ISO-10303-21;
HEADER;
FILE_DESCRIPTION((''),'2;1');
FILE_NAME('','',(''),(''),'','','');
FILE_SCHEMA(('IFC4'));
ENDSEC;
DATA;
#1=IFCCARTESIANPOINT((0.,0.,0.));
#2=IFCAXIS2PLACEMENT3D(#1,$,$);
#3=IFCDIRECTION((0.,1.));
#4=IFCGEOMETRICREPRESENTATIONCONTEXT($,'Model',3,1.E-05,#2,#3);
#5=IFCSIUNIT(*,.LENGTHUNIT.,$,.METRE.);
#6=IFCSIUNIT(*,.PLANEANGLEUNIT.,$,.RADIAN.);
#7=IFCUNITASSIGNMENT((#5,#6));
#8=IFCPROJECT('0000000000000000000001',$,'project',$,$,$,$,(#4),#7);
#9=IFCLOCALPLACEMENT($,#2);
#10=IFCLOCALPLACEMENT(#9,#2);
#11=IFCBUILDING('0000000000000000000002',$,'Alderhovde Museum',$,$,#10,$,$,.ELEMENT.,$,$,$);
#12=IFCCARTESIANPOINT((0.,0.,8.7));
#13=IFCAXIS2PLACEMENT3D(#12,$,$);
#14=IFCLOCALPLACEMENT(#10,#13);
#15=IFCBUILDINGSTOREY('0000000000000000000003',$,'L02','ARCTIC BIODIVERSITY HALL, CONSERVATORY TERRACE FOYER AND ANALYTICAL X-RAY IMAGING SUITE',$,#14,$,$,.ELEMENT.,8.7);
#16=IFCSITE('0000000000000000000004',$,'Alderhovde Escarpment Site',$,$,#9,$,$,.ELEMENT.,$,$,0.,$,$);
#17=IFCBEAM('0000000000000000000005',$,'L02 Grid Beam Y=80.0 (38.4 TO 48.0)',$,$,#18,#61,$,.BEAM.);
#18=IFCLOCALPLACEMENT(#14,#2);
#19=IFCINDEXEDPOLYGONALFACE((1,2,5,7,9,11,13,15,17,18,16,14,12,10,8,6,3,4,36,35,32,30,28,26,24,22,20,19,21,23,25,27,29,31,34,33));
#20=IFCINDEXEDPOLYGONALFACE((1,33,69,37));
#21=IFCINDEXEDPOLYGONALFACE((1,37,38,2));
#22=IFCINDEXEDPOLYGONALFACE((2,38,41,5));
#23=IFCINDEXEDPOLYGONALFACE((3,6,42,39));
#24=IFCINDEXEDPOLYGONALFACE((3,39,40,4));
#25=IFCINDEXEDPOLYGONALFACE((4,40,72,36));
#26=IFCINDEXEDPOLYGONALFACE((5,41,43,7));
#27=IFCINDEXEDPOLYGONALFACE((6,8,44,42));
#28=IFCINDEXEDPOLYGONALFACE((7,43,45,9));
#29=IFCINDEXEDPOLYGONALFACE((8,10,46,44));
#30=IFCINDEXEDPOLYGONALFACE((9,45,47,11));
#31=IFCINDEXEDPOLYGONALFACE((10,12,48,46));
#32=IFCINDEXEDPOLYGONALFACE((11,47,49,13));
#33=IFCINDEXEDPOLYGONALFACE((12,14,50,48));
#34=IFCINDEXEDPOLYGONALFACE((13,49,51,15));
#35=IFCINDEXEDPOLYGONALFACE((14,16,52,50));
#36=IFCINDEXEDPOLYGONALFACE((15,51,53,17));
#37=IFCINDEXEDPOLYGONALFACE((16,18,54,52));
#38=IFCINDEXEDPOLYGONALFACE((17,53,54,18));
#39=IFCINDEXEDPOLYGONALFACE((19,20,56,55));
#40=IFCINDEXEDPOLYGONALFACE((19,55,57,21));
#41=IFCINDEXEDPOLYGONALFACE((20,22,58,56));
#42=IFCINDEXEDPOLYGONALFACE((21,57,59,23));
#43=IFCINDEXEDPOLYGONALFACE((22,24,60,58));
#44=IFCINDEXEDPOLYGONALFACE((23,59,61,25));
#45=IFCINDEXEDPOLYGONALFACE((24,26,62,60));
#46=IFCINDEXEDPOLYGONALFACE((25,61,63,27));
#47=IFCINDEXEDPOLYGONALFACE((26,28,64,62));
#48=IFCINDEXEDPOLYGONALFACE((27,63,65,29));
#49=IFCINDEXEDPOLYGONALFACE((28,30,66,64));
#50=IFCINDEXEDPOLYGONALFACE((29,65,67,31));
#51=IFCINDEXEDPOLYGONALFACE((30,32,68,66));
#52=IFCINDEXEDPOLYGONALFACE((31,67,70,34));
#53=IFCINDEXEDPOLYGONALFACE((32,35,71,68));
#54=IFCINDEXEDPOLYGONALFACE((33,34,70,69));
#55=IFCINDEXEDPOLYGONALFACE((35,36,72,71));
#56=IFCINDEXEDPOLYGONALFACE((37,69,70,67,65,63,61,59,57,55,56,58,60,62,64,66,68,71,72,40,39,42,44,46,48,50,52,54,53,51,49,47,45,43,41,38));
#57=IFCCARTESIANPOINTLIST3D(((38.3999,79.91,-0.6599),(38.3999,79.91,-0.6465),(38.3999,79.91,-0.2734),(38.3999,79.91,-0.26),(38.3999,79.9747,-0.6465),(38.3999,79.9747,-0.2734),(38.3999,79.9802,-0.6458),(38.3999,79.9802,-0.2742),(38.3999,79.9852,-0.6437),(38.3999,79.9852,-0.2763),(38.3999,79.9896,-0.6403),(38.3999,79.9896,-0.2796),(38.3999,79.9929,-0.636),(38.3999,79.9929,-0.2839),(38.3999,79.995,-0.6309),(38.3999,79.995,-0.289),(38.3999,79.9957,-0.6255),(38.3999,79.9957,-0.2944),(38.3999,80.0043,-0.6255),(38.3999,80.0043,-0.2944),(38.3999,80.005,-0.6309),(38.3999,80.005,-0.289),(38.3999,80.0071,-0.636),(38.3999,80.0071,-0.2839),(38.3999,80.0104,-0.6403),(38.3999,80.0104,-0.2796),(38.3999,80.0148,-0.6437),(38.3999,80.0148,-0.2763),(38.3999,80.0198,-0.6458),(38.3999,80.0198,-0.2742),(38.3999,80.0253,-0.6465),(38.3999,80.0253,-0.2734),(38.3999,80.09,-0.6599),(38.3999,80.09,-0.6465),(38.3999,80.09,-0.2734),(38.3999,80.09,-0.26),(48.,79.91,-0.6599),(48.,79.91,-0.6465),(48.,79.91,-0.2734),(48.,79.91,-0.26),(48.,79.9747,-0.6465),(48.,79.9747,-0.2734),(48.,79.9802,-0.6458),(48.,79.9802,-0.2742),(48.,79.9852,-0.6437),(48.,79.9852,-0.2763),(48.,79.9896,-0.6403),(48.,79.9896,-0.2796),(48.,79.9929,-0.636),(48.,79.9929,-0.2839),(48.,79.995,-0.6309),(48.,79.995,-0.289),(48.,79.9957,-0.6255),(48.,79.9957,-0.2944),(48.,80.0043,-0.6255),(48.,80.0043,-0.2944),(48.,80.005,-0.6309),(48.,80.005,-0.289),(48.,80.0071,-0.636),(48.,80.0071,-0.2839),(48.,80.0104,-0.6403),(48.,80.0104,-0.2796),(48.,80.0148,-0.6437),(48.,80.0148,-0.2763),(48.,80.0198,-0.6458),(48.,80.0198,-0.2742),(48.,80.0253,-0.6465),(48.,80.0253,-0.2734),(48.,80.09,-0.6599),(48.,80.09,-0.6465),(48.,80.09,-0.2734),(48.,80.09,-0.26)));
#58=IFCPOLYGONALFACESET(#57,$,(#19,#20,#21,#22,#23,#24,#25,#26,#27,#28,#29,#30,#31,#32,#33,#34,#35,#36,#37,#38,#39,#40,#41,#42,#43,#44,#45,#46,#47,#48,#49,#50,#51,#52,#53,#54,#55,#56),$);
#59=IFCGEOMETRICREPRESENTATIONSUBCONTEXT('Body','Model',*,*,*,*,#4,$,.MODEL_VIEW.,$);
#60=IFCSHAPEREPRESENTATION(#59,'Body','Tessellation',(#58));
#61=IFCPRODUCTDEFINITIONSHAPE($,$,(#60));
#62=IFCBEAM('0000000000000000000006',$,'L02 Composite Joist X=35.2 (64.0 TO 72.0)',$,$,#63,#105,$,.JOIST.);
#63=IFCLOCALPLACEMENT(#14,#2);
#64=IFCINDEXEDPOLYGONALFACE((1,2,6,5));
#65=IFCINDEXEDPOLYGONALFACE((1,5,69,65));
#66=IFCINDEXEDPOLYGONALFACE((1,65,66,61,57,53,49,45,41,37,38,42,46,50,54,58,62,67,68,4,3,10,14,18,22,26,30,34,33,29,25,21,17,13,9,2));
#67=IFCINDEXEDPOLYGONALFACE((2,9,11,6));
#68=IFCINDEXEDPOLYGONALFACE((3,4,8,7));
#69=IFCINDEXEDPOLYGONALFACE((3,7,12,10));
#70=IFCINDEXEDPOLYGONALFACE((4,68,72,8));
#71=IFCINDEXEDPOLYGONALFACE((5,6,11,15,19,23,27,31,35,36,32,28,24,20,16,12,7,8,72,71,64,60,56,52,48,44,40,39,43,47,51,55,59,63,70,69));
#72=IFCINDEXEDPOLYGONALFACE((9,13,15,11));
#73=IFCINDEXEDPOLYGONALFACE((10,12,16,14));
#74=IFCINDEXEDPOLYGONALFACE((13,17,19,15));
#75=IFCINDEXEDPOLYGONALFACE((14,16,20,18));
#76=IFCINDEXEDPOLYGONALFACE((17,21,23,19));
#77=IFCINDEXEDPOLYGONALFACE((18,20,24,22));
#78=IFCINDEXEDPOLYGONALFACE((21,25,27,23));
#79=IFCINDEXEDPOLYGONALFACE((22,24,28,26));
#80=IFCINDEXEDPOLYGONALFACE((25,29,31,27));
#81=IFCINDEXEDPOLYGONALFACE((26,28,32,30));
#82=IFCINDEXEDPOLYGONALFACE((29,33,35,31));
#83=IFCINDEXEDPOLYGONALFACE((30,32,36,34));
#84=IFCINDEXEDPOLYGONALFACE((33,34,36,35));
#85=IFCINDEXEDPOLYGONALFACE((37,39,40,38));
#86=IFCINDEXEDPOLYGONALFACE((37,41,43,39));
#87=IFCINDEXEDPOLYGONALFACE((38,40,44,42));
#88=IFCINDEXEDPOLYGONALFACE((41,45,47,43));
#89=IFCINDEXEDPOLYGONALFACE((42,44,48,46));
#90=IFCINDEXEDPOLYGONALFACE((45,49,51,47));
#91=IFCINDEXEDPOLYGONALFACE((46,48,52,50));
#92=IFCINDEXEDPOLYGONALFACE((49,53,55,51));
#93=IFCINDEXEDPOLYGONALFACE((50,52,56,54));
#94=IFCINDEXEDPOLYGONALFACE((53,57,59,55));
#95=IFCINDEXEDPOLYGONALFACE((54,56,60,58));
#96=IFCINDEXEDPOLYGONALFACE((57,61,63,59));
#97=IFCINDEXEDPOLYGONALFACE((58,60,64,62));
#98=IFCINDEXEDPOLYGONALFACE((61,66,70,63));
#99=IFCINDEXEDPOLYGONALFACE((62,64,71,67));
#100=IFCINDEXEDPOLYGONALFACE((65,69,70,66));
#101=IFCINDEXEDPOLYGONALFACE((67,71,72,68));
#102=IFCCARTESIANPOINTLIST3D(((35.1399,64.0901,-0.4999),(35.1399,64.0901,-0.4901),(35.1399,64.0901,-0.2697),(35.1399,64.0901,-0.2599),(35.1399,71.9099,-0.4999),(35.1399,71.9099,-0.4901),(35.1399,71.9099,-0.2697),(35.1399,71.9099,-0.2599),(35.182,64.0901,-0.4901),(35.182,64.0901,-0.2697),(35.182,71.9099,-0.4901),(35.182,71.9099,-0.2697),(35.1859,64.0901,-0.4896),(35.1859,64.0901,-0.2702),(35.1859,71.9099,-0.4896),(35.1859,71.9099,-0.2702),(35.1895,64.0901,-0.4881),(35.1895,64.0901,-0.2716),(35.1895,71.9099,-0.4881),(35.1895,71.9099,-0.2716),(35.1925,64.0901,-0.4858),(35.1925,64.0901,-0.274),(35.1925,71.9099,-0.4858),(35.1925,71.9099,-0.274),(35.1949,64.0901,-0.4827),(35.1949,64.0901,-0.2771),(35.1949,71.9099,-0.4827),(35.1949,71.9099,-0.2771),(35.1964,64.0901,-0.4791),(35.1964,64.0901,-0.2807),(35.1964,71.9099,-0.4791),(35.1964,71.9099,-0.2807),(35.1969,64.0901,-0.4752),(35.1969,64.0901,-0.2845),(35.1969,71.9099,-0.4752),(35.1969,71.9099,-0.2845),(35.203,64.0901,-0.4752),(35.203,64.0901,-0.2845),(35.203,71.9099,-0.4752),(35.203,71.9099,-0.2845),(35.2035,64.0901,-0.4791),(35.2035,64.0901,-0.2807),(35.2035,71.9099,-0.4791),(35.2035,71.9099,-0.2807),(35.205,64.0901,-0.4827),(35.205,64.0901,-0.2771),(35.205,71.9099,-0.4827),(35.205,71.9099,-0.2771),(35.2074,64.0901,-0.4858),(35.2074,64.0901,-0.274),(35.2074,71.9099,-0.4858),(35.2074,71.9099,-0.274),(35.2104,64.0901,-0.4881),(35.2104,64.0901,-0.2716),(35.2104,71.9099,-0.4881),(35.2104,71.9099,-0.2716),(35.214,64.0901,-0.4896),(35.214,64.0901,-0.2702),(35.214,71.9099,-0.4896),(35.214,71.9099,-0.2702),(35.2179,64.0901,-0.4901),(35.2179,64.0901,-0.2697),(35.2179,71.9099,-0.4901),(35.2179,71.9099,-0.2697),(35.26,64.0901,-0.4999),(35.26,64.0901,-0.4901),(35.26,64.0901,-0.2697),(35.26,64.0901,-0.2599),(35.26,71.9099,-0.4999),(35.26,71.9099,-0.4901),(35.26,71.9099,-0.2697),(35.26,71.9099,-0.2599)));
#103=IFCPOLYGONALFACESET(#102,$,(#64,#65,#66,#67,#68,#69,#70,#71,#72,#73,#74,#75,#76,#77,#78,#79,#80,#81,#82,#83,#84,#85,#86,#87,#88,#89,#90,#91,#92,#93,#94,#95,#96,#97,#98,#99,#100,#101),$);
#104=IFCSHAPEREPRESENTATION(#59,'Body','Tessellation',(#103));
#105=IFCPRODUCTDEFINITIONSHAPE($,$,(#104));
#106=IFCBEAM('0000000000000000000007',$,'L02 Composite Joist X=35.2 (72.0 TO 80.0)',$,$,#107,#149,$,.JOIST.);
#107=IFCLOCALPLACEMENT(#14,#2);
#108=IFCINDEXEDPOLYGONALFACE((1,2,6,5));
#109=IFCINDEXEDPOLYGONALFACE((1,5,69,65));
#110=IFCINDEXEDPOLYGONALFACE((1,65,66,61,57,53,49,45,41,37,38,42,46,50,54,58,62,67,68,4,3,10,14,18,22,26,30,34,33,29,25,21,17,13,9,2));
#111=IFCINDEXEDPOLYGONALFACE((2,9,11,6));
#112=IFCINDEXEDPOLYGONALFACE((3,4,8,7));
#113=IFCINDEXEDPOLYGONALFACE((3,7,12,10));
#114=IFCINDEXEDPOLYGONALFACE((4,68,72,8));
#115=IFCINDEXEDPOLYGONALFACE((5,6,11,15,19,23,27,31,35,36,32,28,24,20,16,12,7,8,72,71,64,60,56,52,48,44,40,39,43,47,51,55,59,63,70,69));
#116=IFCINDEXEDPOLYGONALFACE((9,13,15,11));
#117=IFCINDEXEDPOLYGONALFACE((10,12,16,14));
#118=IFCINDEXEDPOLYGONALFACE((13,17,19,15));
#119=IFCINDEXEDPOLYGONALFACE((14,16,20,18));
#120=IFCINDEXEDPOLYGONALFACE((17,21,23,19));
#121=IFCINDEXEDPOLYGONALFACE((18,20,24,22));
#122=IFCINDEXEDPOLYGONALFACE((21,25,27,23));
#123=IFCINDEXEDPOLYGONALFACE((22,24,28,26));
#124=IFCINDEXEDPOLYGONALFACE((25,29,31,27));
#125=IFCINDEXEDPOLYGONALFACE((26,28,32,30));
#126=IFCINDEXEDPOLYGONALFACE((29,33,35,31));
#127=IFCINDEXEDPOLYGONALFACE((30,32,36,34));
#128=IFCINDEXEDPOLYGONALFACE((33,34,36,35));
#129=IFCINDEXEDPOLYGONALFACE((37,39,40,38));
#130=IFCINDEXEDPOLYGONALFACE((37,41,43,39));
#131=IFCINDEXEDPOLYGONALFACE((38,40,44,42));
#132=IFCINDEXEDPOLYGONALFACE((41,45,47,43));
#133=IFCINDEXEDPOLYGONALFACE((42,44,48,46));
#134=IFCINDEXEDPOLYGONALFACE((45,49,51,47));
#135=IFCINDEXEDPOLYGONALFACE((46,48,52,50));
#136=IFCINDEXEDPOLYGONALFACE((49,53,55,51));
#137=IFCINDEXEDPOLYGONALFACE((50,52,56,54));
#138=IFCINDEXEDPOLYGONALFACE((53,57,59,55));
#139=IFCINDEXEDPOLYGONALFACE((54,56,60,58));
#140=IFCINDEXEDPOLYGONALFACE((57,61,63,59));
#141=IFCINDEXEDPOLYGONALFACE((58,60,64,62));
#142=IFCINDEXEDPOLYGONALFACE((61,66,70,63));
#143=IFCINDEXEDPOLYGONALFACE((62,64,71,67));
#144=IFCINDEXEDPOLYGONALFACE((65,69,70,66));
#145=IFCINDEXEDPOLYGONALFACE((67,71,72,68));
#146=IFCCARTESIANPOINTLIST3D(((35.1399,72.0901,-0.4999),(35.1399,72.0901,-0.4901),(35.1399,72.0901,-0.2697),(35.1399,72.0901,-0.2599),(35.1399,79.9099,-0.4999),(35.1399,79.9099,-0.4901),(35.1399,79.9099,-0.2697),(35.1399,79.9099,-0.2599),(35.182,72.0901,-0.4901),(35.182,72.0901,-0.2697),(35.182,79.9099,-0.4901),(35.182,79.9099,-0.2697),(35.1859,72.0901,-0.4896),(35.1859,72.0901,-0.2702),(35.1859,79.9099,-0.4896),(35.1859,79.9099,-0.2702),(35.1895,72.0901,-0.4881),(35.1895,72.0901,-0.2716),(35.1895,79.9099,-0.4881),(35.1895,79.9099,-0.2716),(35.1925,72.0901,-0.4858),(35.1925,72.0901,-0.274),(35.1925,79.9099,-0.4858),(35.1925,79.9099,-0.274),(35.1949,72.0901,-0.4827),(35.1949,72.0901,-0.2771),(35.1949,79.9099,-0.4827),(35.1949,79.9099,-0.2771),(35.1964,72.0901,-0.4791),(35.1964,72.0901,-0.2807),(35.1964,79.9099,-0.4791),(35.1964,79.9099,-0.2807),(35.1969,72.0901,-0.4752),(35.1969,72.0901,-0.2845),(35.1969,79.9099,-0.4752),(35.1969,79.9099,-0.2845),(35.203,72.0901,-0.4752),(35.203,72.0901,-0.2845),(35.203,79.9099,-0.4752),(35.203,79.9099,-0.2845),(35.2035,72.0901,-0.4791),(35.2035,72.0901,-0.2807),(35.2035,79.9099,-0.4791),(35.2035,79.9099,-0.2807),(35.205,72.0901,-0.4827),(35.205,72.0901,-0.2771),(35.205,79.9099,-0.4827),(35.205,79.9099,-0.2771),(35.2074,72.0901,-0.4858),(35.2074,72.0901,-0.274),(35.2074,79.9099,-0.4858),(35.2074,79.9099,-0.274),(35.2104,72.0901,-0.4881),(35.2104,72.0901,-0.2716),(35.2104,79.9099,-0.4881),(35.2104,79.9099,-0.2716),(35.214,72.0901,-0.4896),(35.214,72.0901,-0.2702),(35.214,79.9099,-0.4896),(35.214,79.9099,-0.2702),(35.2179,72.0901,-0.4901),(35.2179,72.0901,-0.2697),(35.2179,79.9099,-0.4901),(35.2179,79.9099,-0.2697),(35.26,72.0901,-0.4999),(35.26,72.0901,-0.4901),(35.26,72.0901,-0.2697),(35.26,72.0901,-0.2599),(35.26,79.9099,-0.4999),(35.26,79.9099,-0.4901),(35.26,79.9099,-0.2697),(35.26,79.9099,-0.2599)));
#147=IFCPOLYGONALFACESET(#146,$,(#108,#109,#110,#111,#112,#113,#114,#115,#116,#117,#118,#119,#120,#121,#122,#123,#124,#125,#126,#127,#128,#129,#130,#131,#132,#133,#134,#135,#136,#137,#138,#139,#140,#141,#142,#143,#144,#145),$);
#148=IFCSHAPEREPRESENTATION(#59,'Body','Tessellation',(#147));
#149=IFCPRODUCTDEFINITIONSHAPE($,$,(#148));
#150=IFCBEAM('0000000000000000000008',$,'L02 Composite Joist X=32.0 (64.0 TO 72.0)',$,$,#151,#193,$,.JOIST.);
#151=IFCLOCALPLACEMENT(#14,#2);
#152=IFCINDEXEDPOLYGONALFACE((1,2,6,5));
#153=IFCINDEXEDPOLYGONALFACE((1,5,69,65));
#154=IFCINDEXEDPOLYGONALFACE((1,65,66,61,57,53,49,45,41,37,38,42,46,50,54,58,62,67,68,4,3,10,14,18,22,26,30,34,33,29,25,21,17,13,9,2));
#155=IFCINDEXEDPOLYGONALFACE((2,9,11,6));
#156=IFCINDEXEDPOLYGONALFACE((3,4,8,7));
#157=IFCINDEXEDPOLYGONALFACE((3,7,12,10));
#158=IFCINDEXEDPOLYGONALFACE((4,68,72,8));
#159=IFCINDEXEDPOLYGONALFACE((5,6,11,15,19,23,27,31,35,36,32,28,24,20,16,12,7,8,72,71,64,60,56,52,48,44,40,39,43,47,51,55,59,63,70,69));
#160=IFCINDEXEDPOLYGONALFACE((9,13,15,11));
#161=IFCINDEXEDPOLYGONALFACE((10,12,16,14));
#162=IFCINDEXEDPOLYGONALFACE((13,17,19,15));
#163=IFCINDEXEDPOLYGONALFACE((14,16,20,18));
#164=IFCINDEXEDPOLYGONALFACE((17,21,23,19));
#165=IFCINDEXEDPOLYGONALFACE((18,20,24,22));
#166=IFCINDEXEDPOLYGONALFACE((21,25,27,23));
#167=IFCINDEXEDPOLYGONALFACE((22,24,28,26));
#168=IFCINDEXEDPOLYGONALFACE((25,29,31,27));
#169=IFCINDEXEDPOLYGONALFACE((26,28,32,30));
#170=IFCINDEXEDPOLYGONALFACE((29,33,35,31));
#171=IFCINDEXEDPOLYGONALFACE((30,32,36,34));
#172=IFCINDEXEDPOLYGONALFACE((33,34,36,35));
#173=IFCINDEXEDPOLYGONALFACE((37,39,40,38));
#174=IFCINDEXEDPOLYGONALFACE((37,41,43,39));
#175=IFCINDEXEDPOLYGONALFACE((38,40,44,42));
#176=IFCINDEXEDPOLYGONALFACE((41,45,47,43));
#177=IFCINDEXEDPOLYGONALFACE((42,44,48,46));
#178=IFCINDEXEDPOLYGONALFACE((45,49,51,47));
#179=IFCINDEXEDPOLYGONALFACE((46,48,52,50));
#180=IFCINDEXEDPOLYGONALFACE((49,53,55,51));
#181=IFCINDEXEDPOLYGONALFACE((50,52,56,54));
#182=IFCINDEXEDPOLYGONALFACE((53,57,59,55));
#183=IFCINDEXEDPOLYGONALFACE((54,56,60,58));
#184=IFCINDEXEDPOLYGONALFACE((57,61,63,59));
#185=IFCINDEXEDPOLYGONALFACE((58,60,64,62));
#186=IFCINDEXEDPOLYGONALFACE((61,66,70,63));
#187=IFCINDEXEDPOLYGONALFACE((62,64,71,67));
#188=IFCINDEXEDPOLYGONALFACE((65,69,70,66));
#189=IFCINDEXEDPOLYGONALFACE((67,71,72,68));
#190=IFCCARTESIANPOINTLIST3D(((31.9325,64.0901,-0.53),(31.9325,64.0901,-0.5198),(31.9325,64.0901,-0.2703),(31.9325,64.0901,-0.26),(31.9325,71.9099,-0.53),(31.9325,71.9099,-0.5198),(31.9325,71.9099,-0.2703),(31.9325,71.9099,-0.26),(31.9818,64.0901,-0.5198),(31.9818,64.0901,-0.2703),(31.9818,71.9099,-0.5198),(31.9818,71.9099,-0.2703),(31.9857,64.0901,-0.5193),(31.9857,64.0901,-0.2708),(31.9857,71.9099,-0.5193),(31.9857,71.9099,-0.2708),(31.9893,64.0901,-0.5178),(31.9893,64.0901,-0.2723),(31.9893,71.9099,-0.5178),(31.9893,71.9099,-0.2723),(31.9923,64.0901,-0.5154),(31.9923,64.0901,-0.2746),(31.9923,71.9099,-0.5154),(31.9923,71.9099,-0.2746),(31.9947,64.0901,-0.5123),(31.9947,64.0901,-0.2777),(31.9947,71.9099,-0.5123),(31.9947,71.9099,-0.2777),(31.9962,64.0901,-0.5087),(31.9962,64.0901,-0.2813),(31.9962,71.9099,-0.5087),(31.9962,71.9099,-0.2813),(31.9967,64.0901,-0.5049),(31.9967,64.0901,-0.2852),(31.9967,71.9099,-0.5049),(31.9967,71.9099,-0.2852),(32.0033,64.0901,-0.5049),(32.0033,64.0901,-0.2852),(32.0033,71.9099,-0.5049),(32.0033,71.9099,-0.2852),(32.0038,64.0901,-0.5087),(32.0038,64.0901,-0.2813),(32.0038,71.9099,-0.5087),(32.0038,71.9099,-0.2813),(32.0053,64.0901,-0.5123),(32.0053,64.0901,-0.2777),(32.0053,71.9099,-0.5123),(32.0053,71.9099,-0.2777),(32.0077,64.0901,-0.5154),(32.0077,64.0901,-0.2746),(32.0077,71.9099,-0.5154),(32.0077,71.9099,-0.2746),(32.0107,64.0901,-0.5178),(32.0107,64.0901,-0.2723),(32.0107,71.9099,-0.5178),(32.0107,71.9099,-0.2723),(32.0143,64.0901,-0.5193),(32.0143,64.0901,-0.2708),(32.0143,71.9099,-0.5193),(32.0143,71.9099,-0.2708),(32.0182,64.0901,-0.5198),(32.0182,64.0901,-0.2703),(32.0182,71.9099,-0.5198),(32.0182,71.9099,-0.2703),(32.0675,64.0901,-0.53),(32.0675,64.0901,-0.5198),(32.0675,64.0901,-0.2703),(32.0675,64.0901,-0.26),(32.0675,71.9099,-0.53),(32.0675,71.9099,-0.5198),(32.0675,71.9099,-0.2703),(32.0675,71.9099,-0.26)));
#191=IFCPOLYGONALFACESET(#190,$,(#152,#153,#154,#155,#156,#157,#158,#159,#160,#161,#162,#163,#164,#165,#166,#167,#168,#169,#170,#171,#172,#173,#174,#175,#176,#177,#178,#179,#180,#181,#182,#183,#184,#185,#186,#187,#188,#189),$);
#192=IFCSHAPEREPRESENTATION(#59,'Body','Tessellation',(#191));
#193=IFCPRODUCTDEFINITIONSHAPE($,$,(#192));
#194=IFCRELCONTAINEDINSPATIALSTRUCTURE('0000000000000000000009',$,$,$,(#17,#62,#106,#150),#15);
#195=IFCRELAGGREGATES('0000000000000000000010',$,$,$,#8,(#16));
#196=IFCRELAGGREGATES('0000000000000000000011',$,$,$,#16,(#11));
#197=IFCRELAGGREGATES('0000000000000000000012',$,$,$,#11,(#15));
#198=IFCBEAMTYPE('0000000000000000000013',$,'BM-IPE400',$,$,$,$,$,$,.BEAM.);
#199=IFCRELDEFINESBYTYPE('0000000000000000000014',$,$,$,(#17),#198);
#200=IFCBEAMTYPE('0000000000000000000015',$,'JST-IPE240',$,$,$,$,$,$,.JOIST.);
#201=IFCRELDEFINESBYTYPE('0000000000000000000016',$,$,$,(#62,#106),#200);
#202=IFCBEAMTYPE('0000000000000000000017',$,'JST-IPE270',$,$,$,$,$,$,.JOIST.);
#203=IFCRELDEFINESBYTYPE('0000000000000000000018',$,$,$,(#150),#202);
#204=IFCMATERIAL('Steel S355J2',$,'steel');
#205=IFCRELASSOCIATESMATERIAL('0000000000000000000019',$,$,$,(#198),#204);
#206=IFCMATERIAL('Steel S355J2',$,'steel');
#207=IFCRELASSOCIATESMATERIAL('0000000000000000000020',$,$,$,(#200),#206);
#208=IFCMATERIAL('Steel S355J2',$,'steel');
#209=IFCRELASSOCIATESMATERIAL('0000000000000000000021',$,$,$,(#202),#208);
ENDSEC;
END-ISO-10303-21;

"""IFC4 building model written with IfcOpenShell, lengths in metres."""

from ifc_helpers import new_model, si_unit, direction, frame, origin, origin_2d, place, context, subcontext, project, spatial, i_section, extrude, material, material_profile, profile_set, type_object, element, save


model = new_model("IFC4")

# Units and contexts
model_context = context("Model", 3, precision=1e-05, world=origin(), true_north=direction((0.0, 1.0)))
body_context = subcontext(model_context, "Body", "Model", "MODEL_VIEW")
ifc_project = project(units=[si_unit("LENGTHUNIT", "METRE"), si_unit("PLANEANGLEUNIT", "RADIAN")], contexts=[model_context])

# Site, building, storey
site_placement = place(None, origin())
site = spatial("IfcSite", under=ifc_project, at=site_placement, Name="Alderhovde Escarpment Site", CompositionType="ELEMENT", RefElevation=0.0)
building_placement = place(site_placement, origin())
building = spatial("IfcBuilding", under=site, at=building_placement, Name="Alderhovde Museum", CompositionType="ELEMENT")
storey_placement = place(building_placement, frame((0.0, 0.0, 8.7)))
storey = spatial("IfcBuildingStorey", under=building, at=storey_placement, Name="L02", Description="ARCTIC BIODIVERSITY HALL, CONSERVATORY TERRACE FOYER AND ANALYTICAL X-RAY IMAGING SUITE", CompositionType="ELEMENT", Elevation=8.7)

# Beams
ifc_material_1 = material(Name="Steel S355J2", Category="steel")
ifc_material_profile_1 = material_profile(ifc_material_1, i_section(OverallWidth=0.1799, OverallDepth=0.3999, WebThickness=0.0085, FlangeThickness=0.0134, FilletRadius=0.021, at=origin_2d()), Name="IPE 400")
ifc_profile_set_1 = profile_set([ifc_material_profile_1], Name="Steel S355J2")
beam_type_1 = type_object("IfcBeamType", Name="BM-IPE400", PredefinedType="BEAM", material=ifc_profile_set_1)
beam_1_placement = place(storey_placement, frame((38.3999, 80.0, -0.46), z_axis=(1.0, 0.0, 0.0), x_axis=(0.0, 1.0, 0.0)))
element("IfcBeam", 1, at=beam_1_placement, inside=storey, type_object=beam_type_1, Name="L02 Grid Beam Y=80.0 (38.4 TO 48.0)", PredefinedType="BEAM", context=body_context, shape_type="SweptSolid", body=[
    extrude(i_section(OverallWidth=0.1799, OverallDepth=0.3999, WebThickness=0.0085, FlangeThickness=0.0134, FilletRadius=0.021, at=origin_2d()), origin(), (0.0, 0.0, 1.0), 9.6001),
])
ifc_material_2 = material(Name="Steel S355J2", Category="steel")
ifc_material_profile_2 = material_profile(ifc_material_2, i_section(OverallWidth=0.1201, OverallDepth=0.24, WebThickness=0.0061, FlangeThickness=0.0098, FilletRadius=0.0149, at=origin_2d()), Name="IPE 240")
ifc_profile_set_2 = profile_set([ifc_material_profile_2], Name="Steel S355J2")
beam_type_2 = type_object("IfcBeamType", Name="JST-IPE240", PredefinedType="JOIST", material=ifc_profile_set_2)
for number, where, z_axis, x_axis, name in (
    (2, (35.2, 64.0901, -0.3799), (0.0, 1.0, 0.0), (-1.0, 0.0, 0.0), "L02 Composite Joist X=35.2 (64.0 TO 72.0)"),
    (3, (35.2, 72.0901, -0.3799), (0.0, 1.0, 0.0), (-1.0, 0.0, 0.0), "L02 Composite Joist X=35.2 (72.0 TO 80.0)"),
):
    element("IfcBeam", number, at=place(storey_placement, frame(where, z_axis=z_axis, x_axis=x_axis)), inside=storey, type_object=beam_type_2, Name=name, PredefinedType="JOIST", context=body_context, shape_type="SweptSolid", body=[
        extrude(i_section(OverallWidth=0.1201, OverallDepth=0.24, WebThickness=0.0061, FlangeThickness=0.0098, FilletRadius=0.0149, at=origin_2d()), origin(), (0.0, 0.0, 1.0), 7.8198),
    ])
ifc_material_3 = material(Name="Steel S355J2", Category="steel")
ifc_material_profile_3 = material_profile(ifc_material_3, i_section(OverallWidth=0.135, OverallDepth=0.27, WebThickness=0.0066, FlangeThickness=0.0103, FilletRadius=0.0149, at=origin_2d()), Name="IPE 270")
ifc_profile_set_3 = profile_set([ifc_material_profile_3], Name="Steel S355J2")
beam_type_3 = type_object("IfcBeamType", Name="JST-IPE270", PredefinedType="JOIST", material=ifc_profile_set_3)
for number, where, z_axis, x_axis, name in (
    (4, (32.0, 64.0901, -0.395), (0.0, 1.0, 0.0), (-1.0, 0.0, 0.0), "L02 Composite Joist X=32.0 (64.0 TO 72.0)"),
):
    element("IfcBeam", number, at=place(storey_placement, frame(where, z_axis=z_axis, x_axis=x_axis)), inside=storey, type_object=beam_type_3, Name=name, PredefinedType="JOIST", context=body_context, shape_type="SweptSolid", body=[
        extrude(i_section(OverallWidth=0.135, OverallDepth=0.27, WebThickness=0.0066, FlangeThickness=0.0103, FilletRadius=0.0149, at=origin_2d()), origin(), (0.0, 0.0, 1.0), 7.8198),
    ])

save(model, "model.ifc")
